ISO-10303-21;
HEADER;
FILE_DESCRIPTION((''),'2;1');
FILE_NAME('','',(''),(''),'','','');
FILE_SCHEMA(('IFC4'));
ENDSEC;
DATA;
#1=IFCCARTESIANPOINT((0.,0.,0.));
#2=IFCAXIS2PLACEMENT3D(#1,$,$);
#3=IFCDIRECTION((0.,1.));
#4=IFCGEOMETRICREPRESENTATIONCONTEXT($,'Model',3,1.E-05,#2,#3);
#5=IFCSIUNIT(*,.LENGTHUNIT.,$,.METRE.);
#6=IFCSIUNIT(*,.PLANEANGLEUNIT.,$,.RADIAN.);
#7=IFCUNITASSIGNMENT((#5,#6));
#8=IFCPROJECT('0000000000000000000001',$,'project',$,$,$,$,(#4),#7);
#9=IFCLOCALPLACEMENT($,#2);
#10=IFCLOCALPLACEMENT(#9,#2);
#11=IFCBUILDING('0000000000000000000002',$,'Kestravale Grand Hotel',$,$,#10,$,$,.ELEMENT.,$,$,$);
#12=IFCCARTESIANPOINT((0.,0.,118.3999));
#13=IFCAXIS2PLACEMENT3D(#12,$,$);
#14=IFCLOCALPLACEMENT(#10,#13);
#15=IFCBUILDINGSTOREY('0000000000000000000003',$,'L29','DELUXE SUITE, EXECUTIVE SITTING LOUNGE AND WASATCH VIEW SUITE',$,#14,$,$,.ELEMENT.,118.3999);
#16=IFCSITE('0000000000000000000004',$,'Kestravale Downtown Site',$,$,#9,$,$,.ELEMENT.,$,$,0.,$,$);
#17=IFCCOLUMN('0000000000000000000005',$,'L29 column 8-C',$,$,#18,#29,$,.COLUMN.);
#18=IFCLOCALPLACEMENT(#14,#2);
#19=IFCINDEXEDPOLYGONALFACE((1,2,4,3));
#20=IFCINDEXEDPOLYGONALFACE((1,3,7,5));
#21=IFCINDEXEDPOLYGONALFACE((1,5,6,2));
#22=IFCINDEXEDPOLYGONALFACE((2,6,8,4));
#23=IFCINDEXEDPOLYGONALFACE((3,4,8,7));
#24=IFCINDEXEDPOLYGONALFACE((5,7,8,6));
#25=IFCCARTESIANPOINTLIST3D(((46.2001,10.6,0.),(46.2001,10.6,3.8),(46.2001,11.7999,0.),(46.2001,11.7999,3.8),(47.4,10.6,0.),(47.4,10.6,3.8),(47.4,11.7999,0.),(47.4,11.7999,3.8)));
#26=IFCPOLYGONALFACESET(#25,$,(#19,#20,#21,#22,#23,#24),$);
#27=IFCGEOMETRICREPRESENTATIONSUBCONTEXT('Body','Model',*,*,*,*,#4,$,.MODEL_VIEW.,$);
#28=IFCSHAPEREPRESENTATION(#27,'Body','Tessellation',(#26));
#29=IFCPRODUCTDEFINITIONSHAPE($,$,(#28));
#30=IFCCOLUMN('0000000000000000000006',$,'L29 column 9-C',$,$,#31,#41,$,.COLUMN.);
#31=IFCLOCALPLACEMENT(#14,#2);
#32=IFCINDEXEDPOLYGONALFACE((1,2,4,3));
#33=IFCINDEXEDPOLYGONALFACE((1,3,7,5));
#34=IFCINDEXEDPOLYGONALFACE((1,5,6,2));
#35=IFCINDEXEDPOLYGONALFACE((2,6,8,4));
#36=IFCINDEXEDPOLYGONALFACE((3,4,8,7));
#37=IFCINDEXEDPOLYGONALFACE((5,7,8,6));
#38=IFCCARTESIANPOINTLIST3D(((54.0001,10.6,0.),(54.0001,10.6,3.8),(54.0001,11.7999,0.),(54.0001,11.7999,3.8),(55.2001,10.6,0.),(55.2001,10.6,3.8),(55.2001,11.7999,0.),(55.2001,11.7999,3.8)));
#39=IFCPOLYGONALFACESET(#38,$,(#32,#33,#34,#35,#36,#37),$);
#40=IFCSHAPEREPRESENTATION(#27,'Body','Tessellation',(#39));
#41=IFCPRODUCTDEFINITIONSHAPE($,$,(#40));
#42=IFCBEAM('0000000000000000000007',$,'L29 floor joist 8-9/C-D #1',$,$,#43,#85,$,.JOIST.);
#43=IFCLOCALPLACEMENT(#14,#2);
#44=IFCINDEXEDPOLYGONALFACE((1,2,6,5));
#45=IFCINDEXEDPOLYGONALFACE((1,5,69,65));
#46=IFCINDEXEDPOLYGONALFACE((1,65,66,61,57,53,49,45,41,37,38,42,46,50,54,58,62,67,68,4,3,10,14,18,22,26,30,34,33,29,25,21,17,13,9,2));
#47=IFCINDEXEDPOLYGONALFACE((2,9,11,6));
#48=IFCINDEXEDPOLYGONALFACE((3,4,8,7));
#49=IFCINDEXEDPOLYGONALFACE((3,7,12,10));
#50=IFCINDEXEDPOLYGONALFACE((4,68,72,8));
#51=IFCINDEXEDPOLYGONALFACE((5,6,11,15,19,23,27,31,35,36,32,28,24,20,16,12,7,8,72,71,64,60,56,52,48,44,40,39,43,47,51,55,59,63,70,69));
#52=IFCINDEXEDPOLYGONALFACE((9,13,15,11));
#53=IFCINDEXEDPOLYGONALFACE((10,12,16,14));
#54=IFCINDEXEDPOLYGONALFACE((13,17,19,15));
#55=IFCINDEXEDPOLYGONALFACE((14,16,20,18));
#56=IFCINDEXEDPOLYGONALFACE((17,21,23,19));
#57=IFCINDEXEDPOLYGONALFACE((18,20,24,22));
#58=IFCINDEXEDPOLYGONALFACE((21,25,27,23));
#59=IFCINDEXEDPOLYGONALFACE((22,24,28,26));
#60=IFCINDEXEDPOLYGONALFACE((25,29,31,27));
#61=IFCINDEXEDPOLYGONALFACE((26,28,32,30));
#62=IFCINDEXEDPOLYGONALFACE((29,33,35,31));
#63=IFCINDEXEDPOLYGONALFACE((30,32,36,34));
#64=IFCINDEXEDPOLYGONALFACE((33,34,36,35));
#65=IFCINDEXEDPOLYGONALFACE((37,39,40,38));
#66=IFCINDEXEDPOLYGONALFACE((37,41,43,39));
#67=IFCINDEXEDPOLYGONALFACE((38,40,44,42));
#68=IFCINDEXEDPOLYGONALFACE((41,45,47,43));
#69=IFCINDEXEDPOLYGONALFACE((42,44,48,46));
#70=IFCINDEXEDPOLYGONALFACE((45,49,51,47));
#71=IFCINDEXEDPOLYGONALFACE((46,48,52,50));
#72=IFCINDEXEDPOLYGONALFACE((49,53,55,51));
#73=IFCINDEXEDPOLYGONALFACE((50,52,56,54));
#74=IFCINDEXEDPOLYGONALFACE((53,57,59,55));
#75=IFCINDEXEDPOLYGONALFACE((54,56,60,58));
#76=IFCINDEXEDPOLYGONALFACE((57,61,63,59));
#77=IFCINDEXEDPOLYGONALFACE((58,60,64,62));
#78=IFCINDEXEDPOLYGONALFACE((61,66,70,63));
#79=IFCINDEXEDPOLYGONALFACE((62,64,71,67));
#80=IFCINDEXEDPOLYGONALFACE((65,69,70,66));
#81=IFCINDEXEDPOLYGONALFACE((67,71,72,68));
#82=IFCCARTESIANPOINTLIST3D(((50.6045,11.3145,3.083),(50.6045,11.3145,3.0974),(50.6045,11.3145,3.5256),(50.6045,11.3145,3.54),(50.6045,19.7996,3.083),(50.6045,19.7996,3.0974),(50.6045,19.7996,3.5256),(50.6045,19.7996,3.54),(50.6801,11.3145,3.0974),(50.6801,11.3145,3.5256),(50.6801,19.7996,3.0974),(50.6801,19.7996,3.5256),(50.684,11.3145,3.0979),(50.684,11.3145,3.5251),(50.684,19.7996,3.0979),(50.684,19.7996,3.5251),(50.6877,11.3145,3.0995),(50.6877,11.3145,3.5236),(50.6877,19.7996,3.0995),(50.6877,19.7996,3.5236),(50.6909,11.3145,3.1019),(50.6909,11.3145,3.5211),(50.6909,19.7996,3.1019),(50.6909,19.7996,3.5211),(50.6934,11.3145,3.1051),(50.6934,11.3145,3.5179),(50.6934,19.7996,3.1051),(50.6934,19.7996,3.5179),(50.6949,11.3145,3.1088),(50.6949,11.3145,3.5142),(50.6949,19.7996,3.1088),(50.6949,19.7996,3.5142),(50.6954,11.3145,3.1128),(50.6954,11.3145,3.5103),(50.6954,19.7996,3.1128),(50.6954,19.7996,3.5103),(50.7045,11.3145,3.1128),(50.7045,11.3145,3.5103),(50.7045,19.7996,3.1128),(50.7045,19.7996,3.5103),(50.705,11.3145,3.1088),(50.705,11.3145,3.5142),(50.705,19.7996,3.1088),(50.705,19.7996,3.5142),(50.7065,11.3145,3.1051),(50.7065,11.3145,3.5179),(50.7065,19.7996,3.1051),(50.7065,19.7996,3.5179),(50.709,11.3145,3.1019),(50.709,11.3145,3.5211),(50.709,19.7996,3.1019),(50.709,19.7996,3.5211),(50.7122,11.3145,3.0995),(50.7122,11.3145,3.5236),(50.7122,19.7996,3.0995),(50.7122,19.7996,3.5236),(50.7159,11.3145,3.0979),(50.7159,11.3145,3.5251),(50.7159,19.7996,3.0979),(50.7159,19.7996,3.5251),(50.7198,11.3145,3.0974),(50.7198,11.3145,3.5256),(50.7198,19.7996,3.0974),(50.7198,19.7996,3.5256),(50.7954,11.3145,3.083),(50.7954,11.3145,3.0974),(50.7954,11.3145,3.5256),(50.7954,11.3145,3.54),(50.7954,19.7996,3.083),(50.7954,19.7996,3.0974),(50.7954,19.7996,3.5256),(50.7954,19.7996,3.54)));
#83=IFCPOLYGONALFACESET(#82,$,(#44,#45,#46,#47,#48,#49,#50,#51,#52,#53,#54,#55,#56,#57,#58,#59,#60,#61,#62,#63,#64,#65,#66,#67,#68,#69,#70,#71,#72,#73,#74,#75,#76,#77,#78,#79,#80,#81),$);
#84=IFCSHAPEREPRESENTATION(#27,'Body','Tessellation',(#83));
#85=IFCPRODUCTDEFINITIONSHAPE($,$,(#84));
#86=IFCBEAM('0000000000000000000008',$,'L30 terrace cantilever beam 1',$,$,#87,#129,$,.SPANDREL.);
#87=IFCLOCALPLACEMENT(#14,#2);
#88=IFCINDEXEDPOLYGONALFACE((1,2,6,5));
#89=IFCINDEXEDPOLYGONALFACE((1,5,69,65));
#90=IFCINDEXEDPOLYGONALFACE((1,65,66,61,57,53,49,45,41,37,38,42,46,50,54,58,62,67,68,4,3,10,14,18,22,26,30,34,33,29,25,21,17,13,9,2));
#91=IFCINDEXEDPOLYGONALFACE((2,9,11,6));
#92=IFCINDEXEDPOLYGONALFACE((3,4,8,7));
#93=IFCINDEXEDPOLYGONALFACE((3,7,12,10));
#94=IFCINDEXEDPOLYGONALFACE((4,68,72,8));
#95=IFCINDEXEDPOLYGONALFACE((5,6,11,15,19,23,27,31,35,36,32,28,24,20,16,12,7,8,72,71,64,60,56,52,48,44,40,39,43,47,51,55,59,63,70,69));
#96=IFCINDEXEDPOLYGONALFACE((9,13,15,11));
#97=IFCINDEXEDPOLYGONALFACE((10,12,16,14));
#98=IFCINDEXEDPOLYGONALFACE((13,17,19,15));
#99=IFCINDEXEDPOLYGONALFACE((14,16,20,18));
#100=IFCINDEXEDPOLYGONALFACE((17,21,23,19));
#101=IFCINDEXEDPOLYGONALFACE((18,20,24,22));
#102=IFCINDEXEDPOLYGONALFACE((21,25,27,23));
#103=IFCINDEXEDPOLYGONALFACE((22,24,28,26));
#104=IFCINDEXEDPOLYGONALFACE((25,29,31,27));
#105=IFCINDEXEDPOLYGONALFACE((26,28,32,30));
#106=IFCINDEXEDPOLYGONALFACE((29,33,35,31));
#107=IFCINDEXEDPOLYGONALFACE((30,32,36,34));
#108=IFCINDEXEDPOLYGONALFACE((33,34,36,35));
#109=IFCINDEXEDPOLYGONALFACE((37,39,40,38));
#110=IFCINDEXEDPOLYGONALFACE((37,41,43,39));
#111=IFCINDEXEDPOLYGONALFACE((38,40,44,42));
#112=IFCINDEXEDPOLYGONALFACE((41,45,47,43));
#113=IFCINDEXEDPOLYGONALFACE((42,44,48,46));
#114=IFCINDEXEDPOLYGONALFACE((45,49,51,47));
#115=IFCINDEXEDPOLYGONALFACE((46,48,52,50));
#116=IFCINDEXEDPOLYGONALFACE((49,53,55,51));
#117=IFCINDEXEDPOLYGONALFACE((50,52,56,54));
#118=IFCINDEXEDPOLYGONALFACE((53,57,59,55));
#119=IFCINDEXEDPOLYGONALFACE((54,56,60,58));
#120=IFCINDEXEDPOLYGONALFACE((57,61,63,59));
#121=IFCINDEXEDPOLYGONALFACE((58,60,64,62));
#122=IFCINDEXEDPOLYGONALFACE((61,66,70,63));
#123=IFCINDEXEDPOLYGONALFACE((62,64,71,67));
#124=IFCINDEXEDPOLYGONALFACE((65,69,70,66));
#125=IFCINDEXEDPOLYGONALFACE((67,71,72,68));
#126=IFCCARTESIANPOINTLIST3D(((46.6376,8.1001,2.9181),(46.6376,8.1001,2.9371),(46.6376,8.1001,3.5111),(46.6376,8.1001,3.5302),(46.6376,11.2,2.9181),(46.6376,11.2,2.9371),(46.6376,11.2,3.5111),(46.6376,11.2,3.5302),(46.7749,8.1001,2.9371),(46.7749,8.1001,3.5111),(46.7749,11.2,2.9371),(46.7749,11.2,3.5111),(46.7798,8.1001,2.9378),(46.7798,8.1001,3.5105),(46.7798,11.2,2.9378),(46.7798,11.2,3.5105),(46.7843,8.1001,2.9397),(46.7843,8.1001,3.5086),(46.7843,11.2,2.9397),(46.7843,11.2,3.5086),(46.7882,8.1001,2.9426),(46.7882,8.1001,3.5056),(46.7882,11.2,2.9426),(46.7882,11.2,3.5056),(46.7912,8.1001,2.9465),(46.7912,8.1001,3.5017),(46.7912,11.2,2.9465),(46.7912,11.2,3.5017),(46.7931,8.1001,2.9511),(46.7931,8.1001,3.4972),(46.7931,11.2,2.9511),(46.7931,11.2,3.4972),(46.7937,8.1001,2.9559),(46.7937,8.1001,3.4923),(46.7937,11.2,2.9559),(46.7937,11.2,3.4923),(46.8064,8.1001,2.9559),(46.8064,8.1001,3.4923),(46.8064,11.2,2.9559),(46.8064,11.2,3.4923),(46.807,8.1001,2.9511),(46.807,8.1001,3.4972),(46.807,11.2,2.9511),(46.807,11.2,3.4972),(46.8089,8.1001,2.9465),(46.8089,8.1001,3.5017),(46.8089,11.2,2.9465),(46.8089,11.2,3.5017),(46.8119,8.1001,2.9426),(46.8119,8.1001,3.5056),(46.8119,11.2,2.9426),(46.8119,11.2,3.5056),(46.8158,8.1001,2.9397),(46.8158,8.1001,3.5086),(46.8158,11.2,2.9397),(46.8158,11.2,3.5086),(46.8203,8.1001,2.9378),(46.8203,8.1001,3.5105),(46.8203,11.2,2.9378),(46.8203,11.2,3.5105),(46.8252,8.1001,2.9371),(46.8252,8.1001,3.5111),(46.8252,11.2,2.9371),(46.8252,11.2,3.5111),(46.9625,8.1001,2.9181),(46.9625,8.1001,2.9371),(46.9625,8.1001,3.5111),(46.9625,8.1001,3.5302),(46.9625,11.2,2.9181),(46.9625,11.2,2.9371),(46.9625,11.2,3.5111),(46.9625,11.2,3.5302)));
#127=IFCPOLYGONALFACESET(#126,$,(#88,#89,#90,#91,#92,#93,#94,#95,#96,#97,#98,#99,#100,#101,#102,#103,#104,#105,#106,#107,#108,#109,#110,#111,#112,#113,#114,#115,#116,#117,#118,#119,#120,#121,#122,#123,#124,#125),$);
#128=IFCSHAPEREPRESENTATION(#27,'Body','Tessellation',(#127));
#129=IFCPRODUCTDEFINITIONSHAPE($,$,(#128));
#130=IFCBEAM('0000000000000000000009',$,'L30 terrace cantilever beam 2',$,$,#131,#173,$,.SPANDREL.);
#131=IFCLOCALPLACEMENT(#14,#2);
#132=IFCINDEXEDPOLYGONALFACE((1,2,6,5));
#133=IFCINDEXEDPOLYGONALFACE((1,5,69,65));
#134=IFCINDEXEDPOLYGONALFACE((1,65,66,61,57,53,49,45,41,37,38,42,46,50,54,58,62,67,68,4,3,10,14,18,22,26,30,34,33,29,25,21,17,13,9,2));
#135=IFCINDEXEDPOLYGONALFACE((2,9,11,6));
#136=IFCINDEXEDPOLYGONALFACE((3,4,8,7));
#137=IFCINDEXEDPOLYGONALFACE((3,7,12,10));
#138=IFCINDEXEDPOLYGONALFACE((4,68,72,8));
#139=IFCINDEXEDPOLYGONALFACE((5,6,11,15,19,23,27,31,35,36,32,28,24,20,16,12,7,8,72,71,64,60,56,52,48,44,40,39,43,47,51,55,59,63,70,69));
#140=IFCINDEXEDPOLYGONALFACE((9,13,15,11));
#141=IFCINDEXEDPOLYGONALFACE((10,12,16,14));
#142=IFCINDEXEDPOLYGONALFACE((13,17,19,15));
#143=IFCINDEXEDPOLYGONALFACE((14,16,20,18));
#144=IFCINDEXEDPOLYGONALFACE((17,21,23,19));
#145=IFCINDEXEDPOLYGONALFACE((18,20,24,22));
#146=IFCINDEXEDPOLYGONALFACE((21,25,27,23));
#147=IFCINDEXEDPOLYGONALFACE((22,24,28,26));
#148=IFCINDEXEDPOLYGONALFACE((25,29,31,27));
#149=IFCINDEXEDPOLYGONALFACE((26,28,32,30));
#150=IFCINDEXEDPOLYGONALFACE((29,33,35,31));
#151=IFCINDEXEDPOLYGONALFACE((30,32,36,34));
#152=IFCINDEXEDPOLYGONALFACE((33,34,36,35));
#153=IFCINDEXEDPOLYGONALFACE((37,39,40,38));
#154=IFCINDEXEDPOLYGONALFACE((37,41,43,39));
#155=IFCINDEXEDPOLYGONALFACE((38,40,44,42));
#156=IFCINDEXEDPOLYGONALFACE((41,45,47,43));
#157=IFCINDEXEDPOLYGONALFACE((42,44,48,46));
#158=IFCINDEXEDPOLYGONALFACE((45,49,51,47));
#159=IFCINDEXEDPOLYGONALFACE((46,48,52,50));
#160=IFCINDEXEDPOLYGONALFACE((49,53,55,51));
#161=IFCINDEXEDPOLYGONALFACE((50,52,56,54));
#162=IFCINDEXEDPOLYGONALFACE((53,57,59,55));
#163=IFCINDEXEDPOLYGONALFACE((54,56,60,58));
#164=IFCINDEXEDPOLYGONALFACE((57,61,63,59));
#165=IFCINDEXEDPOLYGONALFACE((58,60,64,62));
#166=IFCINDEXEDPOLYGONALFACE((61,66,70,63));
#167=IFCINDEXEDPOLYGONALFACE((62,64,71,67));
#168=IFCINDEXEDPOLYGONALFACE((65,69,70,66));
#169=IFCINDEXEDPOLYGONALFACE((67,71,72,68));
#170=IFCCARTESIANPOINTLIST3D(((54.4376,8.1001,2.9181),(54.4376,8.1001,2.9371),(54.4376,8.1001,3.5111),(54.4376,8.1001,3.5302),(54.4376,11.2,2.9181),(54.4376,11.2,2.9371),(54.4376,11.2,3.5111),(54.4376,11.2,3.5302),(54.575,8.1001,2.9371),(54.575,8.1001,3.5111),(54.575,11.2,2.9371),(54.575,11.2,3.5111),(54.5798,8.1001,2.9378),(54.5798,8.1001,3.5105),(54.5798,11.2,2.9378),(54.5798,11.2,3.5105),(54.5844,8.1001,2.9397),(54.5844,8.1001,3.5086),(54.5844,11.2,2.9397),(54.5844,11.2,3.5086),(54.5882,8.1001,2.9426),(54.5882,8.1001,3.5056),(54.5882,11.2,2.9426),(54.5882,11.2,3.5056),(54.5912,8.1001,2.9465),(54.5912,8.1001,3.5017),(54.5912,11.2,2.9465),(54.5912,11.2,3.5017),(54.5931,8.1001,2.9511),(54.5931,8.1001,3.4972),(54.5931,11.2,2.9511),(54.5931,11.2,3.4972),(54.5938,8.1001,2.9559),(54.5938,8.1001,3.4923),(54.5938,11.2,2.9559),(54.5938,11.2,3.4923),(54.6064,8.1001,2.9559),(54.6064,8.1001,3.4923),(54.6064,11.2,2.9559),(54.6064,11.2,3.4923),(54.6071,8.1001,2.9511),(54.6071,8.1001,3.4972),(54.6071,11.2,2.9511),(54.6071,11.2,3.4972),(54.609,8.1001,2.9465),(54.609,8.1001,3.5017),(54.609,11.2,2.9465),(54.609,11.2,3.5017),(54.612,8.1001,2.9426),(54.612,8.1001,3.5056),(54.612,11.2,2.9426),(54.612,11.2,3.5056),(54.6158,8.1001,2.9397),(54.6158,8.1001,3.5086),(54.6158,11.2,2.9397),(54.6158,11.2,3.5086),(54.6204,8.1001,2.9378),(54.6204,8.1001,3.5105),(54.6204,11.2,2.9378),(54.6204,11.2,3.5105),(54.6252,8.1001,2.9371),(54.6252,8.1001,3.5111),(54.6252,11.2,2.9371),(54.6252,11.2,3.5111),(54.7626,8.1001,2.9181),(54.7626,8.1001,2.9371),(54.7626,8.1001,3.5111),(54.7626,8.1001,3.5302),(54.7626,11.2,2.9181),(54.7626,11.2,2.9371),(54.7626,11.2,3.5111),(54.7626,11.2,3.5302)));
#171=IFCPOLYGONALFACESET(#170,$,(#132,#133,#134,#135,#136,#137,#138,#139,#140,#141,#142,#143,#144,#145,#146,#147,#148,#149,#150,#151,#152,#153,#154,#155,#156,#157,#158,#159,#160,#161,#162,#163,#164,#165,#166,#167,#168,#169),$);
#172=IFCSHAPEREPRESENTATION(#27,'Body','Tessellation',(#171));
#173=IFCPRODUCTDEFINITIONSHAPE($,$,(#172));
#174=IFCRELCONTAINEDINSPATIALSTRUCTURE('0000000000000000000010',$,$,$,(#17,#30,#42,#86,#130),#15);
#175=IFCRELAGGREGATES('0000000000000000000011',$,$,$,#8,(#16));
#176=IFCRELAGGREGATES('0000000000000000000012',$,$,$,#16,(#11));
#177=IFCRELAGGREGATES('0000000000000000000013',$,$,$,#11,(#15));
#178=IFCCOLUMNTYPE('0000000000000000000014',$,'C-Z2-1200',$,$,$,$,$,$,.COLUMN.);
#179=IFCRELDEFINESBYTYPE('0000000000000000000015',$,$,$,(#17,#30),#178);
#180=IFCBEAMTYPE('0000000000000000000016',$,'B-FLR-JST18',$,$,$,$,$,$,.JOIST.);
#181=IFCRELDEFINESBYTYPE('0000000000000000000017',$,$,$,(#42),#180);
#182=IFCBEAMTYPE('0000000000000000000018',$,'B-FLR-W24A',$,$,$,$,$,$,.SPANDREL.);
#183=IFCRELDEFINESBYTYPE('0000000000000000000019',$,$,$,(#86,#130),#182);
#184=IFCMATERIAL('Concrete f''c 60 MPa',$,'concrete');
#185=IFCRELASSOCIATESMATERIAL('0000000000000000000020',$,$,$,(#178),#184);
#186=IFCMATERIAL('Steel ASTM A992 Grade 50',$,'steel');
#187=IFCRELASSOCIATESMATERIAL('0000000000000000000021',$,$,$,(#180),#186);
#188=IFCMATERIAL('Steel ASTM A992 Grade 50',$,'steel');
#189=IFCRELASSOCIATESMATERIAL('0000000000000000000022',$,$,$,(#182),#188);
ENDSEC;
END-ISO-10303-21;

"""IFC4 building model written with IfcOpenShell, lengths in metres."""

from ifc_helpers import new_model, si_unit, direction, frame, origin, origin_2d, place, context, subcontext, project, spatial, rectangle, i_section, extrude, material, material_profile, profile_set, type_object, element, save


model = new_model("IFC4")

# Units and contexts
model_context = context("Model", 3, precision=1e-05, world=origin(), true_north=direction((0.0, 1.0)))
body_context = subcontext(model_context, "Body", "Model", "MODEL_VIEW")
ifc_project = project(units=[si_unit("LENGTHUNIT", "METRE"), si_unit("PLANEANGLEUNIT", "RADIAN")], contexts=[model_context])

# Site, building, storey
site_placement = place(None, origin())
site = spatial("IfcSite", under=ifc_project, at=site_placement, Name="Kestravale Downtown Site", CompositionType="ELEMENT", RefElevation=0.0)
building_placement = place(site_placement, origin())
building = spatial("IfcBuilding", under=site, at=building_placement, Name="Kestravale Grand Hotel", CompositionType="ELEMENT")
storey_placement = place(building_placement, frame((0.0, 0.0, 118.3999)))
storey = spatial("IfcBuildingStorey", under=building, at=storey_placement, Name="L29", Description="DELUXE SUITE, EXECUTIVE SITTING LOUNGE AND WASATCH VIEW SUITE", CompositionType="ELEMENT", Elevation=118.3999)

# Columns
ifc_material_1 = material(Name="Concrete f'c 60 MPa", Category="concrete")
ifc_material_profile_1 = material_profile(ifc_material_1, rectangle(XDim=1.2, YDim=1.2, at=origin_2d()))
ifc_profile_set_1 = profile_set([ifc_material_profile_1], Name="Concrete f'c 60 MPa")
column_type = type_object("IfcColumnType", Name="C-Z2-1200", PredefinedType="COLUMN", material=ifc_profile_set_1)
for number, where, z_axis, x_axis, name in (
    (1, (46.8, 11.2, 0.0), (0.0, 0.0, 1.0), (1.0, 0.0, 0.0), "L29 column 8-C"),
    (2, (54.6001, 11.2, 0.0), (0.0, 0.0, 1.0), (1.0, 0.0, 0.0), "L29 column 9-C"),
):
    element("IfcColumn", number, at=place(storey_placement, frame(where, z_axis=z_axis, x_axis=x_axis)), inside=storey, type_object=column_type, Name=name, PredefinedType="COLUMN", context=body_context, shape_type="SweptSolid", body=[
        extrude(rectangle(XDim=1.2, YDim=1.2, at=origin_2d()), origin(), (0.0, 0.0, 1.0), 3.8),
    ])

# Beams
ifc_material_2 = material(Name="Steel ASTM A992 Grade 50", Category="steel")
ifc_material_profile_2 = material_profile(ifc_material_2, i_section(OverallWidth=0.1909, OverallDepth=0.457, WebThickness=0.009, FlangeThickness=0.0144, FilletRadius=0.0154, at=origin_2d()))
ifc_profile_set_2 = profile_set([ifc_material_profile_2], Name="Steel ASTM A992 Grade 50")
beam_type_1 = type_object("IfcBeamType", Name="B-FLR-JST18", PredefinedType="JOIST", material=ifc_profile_set_2)
beam_1_placement = place(storey_placement, frame((50.7, 11.3145, 3.3115), z_axis=(0.0, 1.0, 0.0), x_axis=(-1.0, 0.0, 0.0)))
element("IfcBeam", 3, at=beam_1_placement, inside=storey, type_object=beam_type_1, Name="L29 floor joist 8-9/C-D #1", PredefinedType="JOIST", context=body_context, shape_type="SweptSolid", body=[
    extrude(i_section(OverallWidth=0.1909, OverallDepth=0.457, WebThickness=0.009, FlangeThickness=0.0144, FilletRadius=0.0154, at=origin_2d()), origin(), (0.0, 0.0, 1.0), 8.4851),
])
ifc_material_3 = material(Name="Steel ASTM A992 Grade 50", Category="steel")
ifc_material_profile_3 = material_profile(ifc_material_3, i_section(OverallWidth=0.325, OverallDepth=0.6121, WebThickness=0.0127, FlangeThickness=0.019, FilletRadius=0.0188, at=origin_2d()))
ifc_profile_set_3 = profile_set([ifc_material_profile_3], Name="Steel ASTM A992 Grade 50")
beam_type_2 = type_object("IfcBeamType", Name="B-FLR-W24A", PredefinedType="SPANDREL", material=ifc_profile_set_3)
for number, where, z_axis, x_axis, name in (
    (4, (46.8, 11.2, 3.2241), (0.0, -1.0, 0.0), (1.0, 0.0, 0.0), "L30 terrace cantilever beam 1"),
    (5, (54.6001, 11.2, 3.2241), (0.0, -1.0, 0.0), (1.0, 0.0, 0.0), "L30 terrace cantilever beam 2"),
):
    element("IfcBeam", number, at=place(storey_placement, frame(where, z_axis=z_axis, x_axis=x_axis)), inside=storey, type_object=beam_type_2, Name=name, PredefinedType="SPANDREL", context=body_context, shape_type="SweptSolid", body=[
        extrude(i_section(OverallWidth=0.325, OverallDepth=0.6121, WebThickness=0.0127, FlangeThickness=0.019, FilletRadius=0.0188, at=origin_2d()), origin(), (0.0, 0.0, 1.0), 3.0999),
    ])

save(model, "model.ifc")
